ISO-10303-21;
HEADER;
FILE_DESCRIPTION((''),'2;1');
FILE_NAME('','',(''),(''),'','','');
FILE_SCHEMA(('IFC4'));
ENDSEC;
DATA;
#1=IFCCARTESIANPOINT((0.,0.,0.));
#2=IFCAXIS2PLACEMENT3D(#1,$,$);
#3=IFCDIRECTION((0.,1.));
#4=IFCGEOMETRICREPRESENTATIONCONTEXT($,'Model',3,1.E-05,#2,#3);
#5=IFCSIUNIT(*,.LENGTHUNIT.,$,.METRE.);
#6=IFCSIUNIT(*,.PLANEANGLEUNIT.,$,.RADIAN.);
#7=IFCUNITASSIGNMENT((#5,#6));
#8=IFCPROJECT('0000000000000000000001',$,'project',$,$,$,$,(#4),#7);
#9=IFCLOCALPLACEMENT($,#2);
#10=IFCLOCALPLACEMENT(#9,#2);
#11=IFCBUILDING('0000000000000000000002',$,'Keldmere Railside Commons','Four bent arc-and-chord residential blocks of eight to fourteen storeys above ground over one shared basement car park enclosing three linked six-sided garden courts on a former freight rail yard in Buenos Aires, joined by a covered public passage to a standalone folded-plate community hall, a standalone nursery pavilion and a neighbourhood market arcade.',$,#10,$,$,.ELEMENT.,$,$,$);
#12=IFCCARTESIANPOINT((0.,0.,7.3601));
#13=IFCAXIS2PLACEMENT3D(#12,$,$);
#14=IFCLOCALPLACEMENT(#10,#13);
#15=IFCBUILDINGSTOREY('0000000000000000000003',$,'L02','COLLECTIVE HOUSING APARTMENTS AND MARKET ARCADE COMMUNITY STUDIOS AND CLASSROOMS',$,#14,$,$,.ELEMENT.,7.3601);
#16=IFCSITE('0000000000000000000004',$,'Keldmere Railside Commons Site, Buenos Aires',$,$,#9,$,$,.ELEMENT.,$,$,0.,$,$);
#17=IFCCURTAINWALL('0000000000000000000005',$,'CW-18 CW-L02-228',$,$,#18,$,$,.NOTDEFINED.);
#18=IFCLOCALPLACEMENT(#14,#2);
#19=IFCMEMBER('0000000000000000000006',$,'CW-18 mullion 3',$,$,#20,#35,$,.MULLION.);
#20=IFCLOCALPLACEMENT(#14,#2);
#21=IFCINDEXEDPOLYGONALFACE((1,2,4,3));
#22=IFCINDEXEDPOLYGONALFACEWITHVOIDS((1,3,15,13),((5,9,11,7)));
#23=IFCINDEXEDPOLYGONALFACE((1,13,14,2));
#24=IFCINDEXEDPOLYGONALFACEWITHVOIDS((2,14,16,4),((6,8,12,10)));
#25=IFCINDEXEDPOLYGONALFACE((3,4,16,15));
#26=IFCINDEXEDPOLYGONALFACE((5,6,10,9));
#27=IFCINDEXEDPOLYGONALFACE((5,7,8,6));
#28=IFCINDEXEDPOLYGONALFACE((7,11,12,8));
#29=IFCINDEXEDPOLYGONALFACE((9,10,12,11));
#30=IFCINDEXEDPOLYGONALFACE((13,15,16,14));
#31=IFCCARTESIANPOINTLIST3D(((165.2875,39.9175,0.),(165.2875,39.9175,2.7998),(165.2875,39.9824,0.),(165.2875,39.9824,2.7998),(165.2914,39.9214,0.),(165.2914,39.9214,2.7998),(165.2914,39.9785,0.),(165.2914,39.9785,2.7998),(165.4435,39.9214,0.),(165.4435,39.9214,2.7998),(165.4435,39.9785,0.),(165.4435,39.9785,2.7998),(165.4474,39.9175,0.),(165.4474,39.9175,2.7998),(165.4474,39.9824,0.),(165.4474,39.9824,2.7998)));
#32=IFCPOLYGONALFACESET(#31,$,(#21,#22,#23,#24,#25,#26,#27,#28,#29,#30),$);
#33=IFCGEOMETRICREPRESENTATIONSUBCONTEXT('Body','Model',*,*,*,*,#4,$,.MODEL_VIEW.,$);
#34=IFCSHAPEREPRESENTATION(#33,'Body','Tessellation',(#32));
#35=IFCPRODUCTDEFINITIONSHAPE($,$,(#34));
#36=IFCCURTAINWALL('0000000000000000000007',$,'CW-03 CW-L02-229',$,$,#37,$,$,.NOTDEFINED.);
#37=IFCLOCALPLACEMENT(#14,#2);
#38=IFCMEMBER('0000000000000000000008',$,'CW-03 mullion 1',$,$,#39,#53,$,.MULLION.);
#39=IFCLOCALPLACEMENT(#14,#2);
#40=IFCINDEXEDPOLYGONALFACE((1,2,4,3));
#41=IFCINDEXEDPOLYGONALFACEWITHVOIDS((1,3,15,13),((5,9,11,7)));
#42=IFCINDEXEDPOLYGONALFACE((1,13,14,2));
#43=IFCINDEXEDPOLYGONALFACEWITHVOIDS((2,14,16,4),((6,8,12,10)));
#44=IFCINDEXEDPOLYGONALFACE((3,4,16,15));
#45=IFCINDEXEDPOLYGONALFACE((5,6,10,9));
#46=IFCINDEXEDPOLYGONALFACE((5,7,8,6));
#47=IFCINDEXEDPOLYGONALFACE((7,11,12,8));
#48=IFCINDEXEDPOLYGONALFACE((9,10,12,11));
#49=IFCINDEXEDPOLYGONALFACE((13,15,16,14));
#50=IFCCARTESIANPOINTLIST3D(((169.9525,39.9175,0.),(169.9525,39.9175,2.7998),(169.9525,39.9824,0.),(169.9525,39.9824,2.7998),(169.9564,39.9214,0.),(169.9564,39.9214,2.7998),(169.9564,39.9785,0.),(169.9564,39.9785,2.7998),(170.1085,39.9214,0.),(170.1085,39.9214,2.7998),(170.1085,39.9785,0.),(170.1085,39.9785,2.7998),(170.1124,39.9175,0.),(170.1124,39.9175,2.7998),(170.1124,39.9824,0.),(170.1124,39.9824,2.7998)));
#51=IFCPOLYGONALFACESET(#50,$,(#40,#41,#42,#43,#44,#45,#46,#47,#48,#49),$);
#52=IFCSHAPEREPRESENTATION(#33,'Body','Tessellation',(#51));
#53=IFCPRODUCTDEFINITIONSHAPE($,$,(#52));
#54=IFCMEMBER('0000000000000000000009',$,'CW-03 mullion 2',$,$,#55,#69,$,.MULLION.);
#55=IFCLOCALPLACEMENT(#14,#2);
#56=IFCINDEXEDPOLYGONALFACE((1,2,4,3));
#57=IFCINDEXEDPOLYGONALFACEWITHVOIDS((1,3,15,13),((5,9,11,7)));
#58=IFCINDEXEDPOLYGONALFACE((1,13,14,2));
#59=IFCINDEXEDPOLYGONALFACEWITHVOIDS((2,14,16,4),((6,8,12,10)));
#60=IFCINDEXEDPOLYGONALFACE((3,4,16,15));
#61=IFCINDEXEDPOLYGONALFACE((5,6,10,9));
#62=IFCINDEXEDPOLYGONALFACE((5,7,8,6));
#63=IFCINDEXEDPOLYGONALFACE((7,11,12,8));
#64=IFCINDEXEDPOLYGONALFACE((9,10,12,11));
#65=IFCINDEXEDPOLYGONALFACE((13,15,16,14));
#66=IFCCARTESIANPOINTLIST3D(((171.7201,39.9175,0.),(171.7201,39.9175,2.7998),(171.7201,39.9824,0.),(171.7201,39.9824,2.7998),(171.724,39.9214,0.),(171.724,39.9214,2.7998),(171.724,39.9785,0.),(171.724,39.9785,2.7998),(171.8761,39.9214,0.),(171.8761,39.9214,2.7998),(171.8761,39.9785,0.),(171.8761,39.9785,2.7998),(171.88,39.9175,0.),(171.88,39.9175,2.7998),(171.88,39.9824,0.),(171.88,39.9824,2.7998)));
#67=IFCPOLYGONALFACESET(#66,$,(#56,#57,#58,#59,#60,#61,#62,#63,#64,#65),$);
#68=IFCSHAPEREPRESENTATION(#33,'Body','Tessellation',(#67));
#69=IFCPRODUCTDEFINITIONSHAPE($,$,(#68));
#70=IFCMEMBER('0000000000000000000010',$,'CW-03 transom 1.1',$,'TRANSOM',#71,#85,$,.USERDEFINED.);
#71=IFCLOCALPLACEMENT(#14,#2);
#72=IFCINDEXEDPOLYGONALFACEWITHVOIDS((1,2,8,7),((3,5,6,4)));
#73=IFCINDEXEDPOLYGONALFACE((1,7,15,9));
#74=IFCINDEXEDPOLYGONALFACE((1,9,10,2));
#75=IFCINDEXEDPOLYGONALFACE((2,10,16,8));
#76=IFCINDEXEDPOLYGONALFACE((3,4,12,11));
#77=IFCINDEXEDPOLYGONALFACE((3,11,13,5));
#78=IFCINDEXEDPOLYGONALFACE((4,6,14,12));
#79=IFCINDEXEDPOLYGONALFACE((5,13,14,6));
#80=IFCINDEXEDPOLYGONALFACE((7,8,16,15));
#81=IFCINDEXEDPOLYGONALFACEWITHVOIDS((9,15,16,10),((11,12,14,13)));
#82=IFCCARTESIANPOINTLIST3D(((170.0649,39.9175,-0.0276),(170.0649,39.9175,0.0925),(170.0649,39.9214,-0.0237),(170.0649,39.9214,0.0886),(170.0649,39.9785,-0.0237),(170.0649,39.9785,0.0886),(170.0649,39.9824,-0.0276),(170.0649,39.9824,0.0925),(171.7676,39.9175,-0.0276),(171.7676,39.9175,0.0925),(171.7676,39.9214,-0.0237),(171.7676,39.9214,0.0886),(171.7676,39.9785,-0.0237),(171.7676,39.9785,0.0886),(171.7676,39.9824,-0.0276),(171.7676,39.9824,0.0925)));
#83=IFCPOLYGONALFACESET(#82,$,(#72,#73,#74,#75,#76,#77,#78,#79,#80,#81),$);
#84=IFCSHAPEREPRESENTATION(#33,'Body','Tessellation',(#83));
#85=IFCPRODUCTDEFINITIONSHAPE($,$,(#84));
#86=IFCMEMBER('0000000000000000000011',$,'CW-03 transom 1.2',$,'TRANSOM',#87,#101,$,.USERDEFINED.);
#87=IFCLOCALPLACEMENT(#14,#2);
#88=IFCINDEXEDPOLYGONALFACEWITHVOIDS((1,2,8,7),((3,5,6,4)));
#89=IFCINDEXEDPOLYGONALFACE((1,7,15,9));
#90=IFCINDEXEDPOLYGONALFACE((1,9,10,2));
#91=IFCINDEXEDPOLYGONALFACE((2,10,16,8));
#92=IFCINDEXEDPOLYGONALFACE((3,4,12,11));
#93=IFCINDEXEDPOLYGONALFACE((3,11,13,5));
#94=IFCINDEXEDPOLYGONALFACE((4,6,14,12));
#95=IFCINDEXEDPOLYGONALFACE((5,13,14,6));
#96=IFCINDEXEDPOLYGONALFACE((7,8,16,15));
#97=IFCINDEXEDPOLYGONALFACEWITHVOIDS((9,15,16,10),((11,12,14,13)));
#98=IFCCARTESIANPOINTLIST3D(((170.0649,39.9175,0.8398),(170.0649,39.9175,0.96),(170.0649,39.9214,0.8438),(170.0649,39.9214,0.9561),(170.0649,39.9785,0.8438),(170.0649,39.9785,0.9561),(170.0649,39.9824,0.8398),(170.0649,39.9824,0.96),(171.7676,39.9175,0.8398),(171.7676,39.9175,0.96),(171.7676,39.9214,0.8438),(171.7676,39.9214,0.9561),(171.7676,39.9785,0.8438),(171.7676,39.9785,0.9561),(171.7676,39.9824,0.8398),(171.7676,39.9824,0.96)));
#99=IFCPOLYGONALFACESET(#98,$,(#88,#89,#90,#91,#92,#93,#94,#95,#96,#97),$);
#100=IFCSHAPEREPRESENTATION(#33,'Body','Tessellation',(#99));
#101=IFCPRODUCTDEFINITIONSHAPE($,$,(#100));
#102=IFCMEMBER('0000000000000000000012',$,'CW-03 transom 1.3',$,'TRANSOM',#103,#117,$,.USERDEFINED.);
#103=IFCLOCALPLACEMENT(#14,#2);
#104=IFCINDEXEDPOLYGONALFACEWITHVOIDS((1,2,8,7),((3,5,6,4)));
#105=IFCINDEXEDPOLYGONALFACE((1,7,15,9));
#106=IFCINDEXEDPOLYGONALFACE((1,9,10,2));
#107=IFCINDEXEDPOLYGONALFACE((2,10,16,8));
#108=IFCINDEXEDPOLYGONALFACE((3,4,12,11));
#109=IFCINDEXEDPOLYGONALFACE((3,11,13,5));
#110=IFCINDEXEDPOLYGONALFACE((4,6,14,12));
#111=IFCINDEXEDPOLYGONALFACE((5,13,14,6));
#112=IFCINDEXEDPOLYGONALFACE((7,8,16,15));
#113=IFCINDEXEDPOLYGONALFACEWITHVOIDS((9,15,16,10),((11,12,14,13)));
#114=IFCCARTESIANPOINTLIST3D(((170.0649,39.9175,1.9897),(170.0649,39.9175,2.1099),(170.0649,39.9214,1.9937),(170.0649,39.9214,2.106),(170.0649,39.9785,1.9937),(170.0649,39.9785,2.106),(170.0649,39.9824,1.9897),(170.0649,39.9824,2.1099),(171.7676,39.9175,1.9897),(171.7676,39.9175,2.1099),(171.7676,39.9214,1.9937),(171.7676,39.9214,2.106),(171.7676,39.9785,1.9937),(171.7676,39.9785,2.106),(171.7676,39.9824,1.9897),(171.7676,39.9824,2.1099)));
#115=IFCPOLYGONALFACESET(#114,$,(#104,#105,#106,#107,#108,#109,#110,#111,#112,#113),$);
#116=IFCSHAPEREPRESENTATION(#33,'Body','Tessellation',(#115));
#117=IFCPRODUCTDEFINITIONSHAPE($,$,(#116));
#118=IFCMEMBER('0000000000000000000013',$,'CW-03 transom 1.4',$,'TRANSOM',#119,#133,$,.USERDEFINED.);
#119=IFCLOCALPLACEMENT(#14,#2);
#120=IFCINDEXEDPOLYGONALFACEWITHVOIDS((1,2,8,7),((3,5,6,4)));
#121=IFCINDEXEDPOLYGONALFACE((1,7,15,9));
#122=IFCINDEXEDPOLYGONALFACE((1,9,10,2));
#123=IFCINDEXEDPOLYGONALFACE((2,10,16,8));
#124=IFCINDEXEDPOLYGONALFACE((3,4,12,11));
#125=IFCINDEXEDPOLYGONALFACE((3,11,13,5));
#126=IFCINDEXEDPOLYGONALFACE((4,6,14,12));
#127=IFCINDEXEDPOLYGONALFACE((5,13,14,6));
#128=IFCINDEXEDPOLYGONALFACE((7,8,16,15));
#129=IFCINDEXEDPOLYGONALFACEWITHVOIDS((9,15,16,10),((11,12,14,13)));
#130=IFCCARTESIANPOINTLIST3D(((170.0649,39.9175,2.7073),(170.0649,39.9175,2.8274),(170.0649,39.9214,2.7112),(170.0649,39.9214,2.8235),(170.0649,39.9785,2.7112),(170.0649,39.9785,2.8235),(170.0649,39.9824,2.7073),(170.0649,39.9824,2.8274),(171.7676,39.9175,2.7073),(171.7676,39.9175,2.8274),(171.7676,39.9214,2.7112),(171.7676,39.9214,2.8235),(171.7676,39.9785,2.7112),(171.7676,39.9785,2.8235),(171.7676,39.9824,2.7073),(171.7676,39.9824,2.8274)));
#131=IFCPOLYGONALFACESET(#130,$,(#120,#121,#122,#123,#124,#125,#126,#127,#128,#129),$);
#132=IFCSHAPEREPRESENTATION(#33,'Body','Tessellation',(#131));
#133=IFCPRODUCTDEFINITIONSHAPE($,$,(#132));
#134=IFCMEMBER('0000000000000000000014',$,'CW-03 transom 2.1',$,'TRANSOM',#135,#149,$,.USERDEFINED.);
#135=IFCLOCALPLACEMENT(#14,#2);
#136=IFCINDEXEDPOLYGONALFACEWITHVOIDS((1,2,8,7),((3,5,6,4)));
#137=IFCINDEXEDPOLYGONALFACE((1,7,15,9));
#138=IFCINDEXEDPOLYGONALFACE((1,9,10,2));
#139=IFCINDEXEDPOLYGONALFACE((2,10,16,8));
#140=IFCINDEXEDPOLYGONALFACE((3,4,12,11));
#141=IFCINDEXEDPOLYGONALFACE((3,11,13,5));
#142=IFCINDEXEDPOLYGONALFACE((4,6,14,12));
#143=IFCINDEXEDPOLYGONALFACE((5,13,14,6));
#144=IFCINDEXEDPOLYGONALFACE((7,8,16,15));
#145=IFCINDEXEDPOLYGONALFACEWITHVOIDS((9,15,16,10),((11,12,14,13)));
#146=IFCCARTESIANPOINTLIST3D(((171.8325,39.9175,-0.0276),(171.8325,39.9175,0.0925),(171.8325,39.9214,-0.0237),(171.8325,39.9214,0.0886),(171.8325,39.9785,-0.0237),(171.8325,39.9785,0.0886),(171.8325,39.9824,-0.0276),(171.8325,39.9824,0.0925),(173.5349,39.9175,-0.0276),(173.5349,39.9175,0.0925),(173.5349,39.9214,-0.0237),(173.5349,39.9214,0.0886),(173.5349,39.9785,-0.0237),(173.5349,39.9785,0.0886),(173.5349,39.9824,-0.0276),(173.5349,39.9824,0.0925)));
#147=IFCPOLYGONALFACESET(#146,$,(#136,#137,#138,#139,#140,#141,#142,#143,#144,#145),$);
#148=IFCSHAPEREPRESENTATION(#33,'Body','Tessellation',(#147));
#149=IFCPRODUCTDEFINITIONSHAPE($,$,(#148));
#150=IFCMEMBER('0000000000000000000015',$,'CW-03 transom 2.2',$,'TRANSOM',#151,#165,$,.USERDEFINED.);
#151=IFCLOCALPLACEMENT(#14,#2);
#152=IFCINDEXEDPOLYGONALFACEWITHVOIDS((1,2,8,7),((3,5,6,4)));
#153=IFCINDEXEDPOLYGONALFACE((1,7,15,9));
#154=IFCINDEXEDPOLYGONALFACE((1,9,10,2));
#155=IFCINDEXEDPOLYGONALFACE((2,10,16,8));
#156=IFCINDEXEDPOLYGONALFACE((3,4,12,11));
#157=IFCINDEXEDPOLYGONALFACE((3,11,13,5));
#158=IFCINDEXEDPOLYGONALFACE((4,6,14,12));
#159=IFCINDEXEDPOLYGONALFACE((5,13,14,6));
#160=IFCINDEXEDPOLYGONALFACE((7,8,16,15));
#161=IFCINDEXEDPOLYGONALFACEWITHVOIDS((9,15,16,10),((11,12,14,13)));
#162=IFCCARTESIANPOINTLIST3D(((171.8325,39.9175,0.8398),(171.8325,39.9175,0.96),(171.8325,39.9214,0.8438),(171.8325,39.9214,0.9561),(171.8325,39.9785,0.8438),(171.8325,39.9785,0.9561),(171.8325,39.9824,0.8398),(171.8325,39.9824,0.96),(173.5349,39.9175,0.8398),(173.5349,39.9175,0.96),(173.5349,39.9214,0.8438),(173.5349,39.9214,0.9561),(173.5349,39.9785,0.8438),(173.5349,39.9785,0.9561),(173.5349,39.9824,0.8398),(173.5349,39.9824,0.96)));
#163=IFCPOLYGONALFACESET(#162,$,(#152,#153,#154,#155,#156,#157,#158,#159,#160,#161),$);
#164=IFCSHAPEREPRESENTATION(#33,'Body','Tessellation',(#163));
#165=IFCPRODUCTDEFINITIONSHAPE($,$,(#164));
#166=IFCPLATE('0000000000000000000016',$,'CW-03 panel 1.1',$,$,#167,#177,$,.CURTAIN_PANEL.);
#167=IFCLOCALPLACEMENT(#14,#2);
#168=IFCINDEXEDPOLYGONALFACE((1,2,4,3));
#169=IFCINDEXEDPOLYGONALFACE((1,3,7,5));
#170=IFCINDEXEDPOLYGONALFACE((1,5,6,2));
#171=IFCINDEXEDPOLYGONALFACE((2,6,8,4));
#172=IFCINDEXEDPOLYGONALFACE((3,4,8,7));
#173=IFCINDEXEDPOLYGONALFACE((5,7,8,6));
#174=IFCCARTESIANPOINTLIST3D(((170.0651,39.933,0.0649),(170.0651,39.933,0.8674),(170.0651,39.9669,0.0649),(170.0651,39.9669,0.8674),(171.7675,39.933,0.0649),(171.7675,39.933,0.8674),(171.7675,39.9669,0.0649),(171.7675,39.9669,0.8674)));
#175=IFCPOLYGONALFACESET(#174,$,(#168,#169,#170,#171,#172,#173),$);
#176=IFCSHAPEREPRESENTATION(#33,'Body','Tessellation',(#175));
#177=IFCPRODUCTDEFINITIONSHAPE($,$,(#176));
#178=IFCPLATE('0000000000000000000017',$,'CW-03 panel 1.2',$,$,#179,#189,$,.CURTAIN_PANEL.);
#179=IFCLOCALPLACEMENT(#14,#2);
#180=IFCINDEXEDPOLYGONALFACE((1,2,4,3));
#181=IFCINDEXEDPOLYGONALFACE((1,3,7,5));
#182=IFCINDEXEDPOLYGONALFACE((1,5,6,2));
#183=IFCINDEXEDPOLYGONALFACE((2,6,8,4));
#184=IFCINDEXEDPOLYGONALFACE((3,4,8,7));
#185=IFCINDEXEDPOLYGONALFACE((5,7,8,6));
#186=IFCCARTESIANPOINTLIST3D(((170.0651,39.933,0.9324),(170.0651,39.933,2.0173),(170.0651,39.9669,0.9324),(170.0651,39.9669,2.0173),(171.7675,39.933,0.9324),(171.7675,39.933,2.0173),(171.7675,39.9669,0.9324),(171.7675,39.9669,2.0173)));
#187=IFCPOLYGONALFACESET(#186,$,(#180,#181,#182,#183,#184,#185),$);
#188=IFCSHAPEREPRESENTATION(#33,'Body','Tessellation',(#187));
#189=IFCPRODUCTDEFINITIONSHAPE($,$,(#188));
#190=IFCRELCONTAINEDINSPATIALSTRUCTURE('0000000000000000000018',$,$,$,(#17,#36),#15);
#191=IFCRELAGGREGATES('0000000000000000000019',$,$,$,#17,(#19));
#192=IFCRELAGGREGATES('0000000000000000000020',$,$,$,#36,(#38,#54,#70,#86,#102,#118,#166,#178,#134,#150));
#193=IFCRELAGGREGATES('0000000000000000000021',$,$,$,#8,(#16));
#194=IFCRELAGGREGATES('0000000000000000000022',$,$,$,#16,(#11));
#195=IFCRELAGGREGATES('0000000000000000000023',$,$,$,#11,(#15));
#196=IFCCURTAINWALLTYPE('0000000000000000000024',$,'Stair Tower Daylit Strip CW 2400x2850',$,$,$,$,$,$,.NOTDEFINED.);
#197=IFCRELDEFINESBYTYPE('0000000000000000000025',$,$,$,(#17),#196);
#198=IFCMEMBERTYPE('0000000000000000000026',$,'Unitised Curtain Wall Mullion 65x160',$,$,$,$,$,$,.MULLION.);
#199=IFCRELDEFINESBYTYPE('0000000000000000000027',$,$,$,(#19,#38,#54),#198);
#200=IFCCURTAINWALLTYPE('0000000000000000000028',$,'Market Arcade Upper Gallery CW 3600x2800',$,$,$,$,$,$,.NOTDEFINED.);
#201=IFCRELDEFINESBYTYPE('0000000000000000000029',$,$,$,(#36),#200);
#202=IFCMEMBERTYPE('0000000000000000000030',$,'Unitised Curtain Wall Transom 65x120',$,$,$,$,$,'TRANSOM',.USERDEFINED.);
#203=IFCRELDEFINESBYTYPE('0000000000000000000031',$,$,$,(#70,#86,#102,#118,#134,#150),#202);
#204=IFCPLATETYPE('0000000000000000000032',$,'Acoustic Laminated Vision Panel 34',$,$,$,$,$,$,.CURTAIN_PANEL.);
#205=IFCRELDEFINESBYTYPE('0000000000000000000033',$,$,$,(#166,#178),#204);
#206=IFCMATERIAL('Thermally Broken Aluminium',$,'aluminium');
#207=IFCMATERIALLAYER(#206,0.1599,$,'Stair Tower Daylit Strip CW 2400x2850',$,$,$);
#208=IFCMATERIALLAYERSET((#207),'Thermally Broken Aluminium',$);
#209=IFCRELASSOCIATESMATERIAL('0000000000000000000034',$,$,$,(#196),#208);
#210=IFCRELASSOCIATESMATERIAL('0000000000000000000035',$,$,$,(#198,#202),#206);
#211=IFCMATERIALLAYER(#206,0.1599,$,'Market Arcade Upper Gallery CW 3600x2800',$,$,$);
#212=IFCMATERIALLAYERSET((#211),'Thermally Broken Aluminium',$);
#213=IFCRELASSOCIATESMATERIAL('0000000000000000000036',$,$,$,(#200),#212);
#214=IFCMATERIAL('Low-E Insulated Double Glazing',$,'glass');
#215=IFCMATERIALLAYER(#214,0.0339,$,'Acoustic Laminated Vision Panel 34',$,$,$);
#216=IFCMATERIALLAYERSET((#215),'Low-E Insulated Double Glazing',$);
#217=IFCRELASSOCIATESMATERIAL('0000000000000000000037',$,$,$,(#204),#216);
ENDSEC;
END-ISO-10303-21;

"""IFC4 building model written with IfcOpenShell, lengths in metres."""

from ifc_helpers import new_model, si_unit, direction, frame, origin, origin_2d, place, context, subcontext, project, spatial, rectangle, hollow_rectangle, extrude, material, layer, layer_set, material_profile, profile_set, type_object, element, aggregate, save


model = new_model("IFC4")

# Units and contexts
model_context = context("Model", 3, precision=1e-05, world=origin(), true_north=direction((0.0, 1.0)))
body_context = subcontext(model_context, "Body", "Model", "MODEL_VIEW")
ifc_project = project(units=[si_unit("LENGTHUNIT", "METRE"), si_unit("PLANEANGLEUNIT", "RADIAN")], contexts=[model_context])

# Site, building, storey
site_placement = place(None, origin())
site = spatial("IfcSite", under=ifc_project, at=site_placement, Name="Keldmere Railside Commons Site, Buenos Aires", CompositionType="ELEMENT", RefElevation=0.0)
building_placement = place(site_placement, origin())
building = spatial("IfcBuilding", under=site, at=building_placement, Name="Keldmere Railside Commons", Description="Four bent arc-and-chord residential blocks of eight to fourteen storeys above ground over one shared basement car park enclosing three linked six-sided garden courts on a former freight rail yard in Buenos Aires, joined by a covered public passage to a standalone folded-plate community hall, a standalone nursery pavilion and a neighbourhood market arcade.", CompositionType="ELEMENT")
storey_placement = place(building_placement, frame((0.0, 0.0, 7.3601)))
storey = spatial("IfcBuildingStorey", under=building, at=storey_placement, Name="L02", Description="COLLECTIVE HOUSING APARTMENTS AND MARKET ARCADE COMMUNITY STUDIOS AND CLASSROOMS", CompositionType="ELEMENT", Elevation=7.3601)

# Curtain wall, member
ifc_material_1 = material(Name="Thermally Broken Aluminium", Category="aluminium")
ifc_layer_1 = layer(ifc_material_1, 0.1599, Name="Stair Tower Daylit Strip CW 2400x2850")
ifc_layer_set_1 = layer_set([ifc_layer_1], Name="Thermally Broken Aluminium")
curtain_wall_type_1 = type_object("IfcCurtainWallType", Name="Stair Tower Daylit Strip CW 2400x2850", PredefinedType="NOTDEFINED", material=ifc_layer_set_1)
curtain_wall_1_placement = place(storey_placement, origin())
curtain_wall_1 = element("IfcCurtainWall", 1, at=curtain_wall_1_placement, inside=storey, type_object=curtain_wall_type_1, Name="CW-18 CW-L02-228", PredefinedType="NOTDEFINED")
ifc_material_profile_1 = material_profile(ifc_material_1, hollow_rectangle(XDim=0.0649, YDim=0.1599, WallThickness=0.0039, at=origin_2d()), Name="ALU-MULL-65x160")
ifc_profile_set_1 = profile_set([ifc_material_profile_1], Name="Thermally Broken Aluminium")
member_type_1 = type_object("IfcMemberType", Name="Unitised Curtain Wall Mullion 65x160", PredefinedType="MULLION", material=ifc_profile_set_1)
member_1_placement = place(storey_placement, frame((165.3674, 39.95, 0.0), z_axis=(0.0, 0.0, 1.0), x_axis=(0.0, 1.0, 0.0)))
member_1 = element("IfcMember", 2, at=member_1_placement, type_object=member_type_1, Name="CW-18 mullion 3", PredefinedType="MULLION", context=body_context, shape_type="SweptSolid", body=[
    extrude(hollow_rectangle(XDim=0.0649, YDim=0.1599, WallThickness=0.0039, at=origin_2d()), origin(), (0.0, 0.0, 1.0), 2.7998),
])
aggregate(curtain_wall_1, [member_1])

# Curtain wall, members, plates
ifc_layer_2 = layer(ifc_material_1, 0.1599, Name="Market Arcade Upper Gallery CW 3600x2800")
ifc_layer_set_2 = layer_set([ifc_layer_2], Name="Thermally Broken Aluminium")
curtain_wall_type_2 = type_object("IfcCurtainWallType", Name="Market Arcade Upper Gallery CW 3600x2800", PredefinedType="NOTDEFINED", material=ifc_layer_set_2)
curtain_wall_2_placement = place(storey_placement, origin())
curtain_wall_2 = element("IfcCurtainWall", 3, at=curtain_wall_2_placement, inside=storey, type_object=curtain_wall_type_2, Name="CW-03 CW-L02-229", PredefinedType="NOTDEFINED")
member_2_placement = place(storey_placement, frame((170.0325, 39.95, 0.0), z_axis=(0.0, 0.0, 1.0), x_axis=(0.0, 1.0, 0.0)))
member_2 = element("IfcMember", 4, at=member_2_placement, type_object=member_type_1, Name="CW-03 mullion 1", PredefinedType="MULLION", context=body_context, shape_type="SweptSolid", body=[
    extrude(hollow_rectangle(XDim=0.0649, YDim=0.1599, WallThickness=0.0039, at=origin_2d()), origin(), (0.0, 0.0, 1.0), 2.7998),
])
member_3_placement = place(storey_placement, frame((171.8, 39.95, 0.0), z_axis=(0.0, 0.0, 1.0), x_axis=(0.0, 1.0, 0.0)))
member_3 = element("IfcMember", 5, at=member_3_placement, type_object=member_type_1, Name="CW-03 mullion 2", PredefinedType="MULLION", context=body_context, shape_type="SweptSolid", body=[
    extrude(hollow_rectangle(XDim=0.0649, YDim=0.1599, WallThickness=0.0039, at=origin_2d()), origin(), (0.0, 0.0, 1.0), 2.7998),
])
ifc_material_profile_2 = material_profile(ifc_material_1, hollow_rectangle(XDim=0.0649, YDim=0.1201, WallThickness=0.0039, at=origin_2d()), Name="ALU-TRAN-65x120")
ifc_profile_set_2 = profile_set([ifc_material_profile_2], Name="Thermally Broken Aluminium")
member_type_2 = type_object("IfcMemberType", Name="Unitised Curtain Wall Transom 65x120", ElementType="TRANSOM", PredefinedType="USERDEFINED", material=ifc_profile_set_2)
member_4_placement = place(storey_placement, frame((170.0649, 39.95, 0.0325), z_axis=(1.0, 0.0, 0.0), x_axis=(0.0, 1.0, 0.0)))
member_4 = element("IfcMember", 6, at=member_4_placement, type_object=member_type_2, Name="CW-03 transom 1.1", ObjectType="TRANSOM", PredefinedType="USERDEFINED", context=body_context, shape_type="SweptSolid", body=[
    extrude(hollow_rectangle(XDim=0.0649, YDim=0.1201, WallThickness=0.0039, at=origin_2d()), origin(), (0.0, 0.0, 1.0), 1.7026),
])
member_5_placement = place(storey_placement, frame((170.0649, 39.95, 0.8999), z_axis=(1.0, 0.0, 0.0), x_axis=(0.0, 1.0, 0.0)))
member_5 = element("IfcMember", 7, at=member_5_placement, type_object=member_type_2, Name="CW-03 transom 1.2", ObjectType="TRANSOM", PredefinedType="USERDEFINED", context=body_context, shape_type="SweptSolid", body=[
    extrude(hollow_rectangle(XDim=0.0649, YDim=0.1201, WallThickness=0.0039, at=origin_2d()), origin(), (0.0, 0.0, 1.0), 1.7026),
])
member_6_placement = place(storey_placement, frame((170.0649, 39.95, 2.0498), z_axis=(1.0, 0.0, 0.0), x_axis=(0.0, 1.0, 0.0)))
member_6 = element("IfcMember", 8, at=member_6_placement, type_object=member_type_2, Name="CW-03 transom 1.3", ObjectType="TRANSOM", PredefinedType="USERDEFINED", context=body_context, shape_type="SweptSolid", body=[
    extrude(hollow_rectangle(XDim=0.0649, YDim=0.1201, WallThickness=0.0039, at=origin_2d()), origin(), (0.0, 0.0, 1.0), 1.7026),
])
member_7_placement = place(storey_placement, frame((170.0649, 39.95, 2.7673), z_axis=(1.0, 0.0, 0.0), x_axis=(0.0, 1.0, 0.0)))
member_7 = element("IfcMember", 9, at=member_7_placement, type_object=member_type_2, Name="CW-03 transom 1.4", ObjectType="TRANSOM", PredefinedType="USERDEFINED", context=body_context, shape_type="SweptSolid", body=[
    extrude(hollow_rectangle(XDim=0.0649, YDim=0.1201, WallThickness=0.0039, at=origin_2d()), origin(), (0.0, 0.0, 1.0), 1.7026),
])
member_8_placement = place(storey_placement, frame((171.8325, 39.95, 0.0325), z_axis=(1.0, 0.0, 0.0), x_axis=(0.0, 1.0, 0.0)))
member_8 = element("IfcMember", 10, at=member_8_placement, type_object=member_type_2, Name="CW-03 transom 2.1", ObjectType="TRANSOM", PredefinedType="USERDEFINED", context=body_context, shape_type="SweptSolid", body=[
    extrude(hollow_rectangle(XDim=0.0649, YDim=0.1201, WallThickness=0.0039, at=origin_2d()), origin(), (0.0, 0.0, 1.0), 1.7024),
])
member_9_placement = place(storey_placement, frame((171.8325, 39.95, 0.8999), z_axis=(1.0, 0.0, 0.0), x_axis=(0.0, 1.0, 0.0)))
member_9 = element("IfcMember", 11, at=member_9_placement, type_object=member_type_2, Name="CW-03 transom 2.2", ObjectType="TRANSOM", PredefinedType="USERDEFINED", context=body_context, shape_type="SweptSolid", body=[
    extrude(hollow_rectangle(XDim=0.0649, YDim=0.1201, WallThickness=0.0039, at=origin_2d()), origin(), (0.0, 0.0, 1.0), 1.7024),
])
ifc_material_2 = material(Name="Low-E Insulated Double Glazing", Category="glass")
ifc_layer_3 = layer(ifc_material_2, 0.0339, Name="Acoustic Laminated Vision Panel 34")
ifc_layer_set_3 = layer_set([ifc_layer_3], Name="Low-E Insulated Double Glazing")
plate_type = type_object("IfcPlateType", Name="Acoustic Laminated Vision Panel 34", PredefinedType="CURTAIN_PANEL", material=ifc_layer_set_3)
plate_1_placement = place(storey_placement, frame((170.9163, 39.95, 0.0649), z_axis=(0.0, 0.0, 1.0), x_axis=(1.0, 0.0, 0.0)))
plate_1 = element("IfcPlate", 12, at=plate_1_placement, type_object=plate_type, Name="CW-03 panel 1.1", PredefinedType="CURTAIN_PANEL", context=body_context, shape_type="SweptSolid", body=[
    extrude(rectangle(XDim=1.7024, YDim=0.0339, at=origin_2d()), origin(), (0.0, 0.0, 1.0), 0.8025),
])
plate_2_placement = place(storey_placement, frame((170.9163, 39.95, 0.9324), z_axis=(0.0, 0.0, 1.0), x_axis=(1.0, 0.0, 0.0)))
plate_2 = element("IfcPlate", 13, at=plate_2_placement, type_object=plate_type, Name="CW-03 panel 1.2", PredefinedType="CURTAIN_PANEL", context=body_context, shape_type="SweptSolid", body=[
    extrude(rectangle(XDim=1.7024, YDim=0.0339, at=origin_2d()), origin(), (0.0, 0.0, 1.0), 1.085),
])
aggregate(curtain_wall_2, [member_2, member_3, member_4, member_5, member_6, member_7, plate_1, plate_2, member_8, member_9])

save(model, "model.ifc")
